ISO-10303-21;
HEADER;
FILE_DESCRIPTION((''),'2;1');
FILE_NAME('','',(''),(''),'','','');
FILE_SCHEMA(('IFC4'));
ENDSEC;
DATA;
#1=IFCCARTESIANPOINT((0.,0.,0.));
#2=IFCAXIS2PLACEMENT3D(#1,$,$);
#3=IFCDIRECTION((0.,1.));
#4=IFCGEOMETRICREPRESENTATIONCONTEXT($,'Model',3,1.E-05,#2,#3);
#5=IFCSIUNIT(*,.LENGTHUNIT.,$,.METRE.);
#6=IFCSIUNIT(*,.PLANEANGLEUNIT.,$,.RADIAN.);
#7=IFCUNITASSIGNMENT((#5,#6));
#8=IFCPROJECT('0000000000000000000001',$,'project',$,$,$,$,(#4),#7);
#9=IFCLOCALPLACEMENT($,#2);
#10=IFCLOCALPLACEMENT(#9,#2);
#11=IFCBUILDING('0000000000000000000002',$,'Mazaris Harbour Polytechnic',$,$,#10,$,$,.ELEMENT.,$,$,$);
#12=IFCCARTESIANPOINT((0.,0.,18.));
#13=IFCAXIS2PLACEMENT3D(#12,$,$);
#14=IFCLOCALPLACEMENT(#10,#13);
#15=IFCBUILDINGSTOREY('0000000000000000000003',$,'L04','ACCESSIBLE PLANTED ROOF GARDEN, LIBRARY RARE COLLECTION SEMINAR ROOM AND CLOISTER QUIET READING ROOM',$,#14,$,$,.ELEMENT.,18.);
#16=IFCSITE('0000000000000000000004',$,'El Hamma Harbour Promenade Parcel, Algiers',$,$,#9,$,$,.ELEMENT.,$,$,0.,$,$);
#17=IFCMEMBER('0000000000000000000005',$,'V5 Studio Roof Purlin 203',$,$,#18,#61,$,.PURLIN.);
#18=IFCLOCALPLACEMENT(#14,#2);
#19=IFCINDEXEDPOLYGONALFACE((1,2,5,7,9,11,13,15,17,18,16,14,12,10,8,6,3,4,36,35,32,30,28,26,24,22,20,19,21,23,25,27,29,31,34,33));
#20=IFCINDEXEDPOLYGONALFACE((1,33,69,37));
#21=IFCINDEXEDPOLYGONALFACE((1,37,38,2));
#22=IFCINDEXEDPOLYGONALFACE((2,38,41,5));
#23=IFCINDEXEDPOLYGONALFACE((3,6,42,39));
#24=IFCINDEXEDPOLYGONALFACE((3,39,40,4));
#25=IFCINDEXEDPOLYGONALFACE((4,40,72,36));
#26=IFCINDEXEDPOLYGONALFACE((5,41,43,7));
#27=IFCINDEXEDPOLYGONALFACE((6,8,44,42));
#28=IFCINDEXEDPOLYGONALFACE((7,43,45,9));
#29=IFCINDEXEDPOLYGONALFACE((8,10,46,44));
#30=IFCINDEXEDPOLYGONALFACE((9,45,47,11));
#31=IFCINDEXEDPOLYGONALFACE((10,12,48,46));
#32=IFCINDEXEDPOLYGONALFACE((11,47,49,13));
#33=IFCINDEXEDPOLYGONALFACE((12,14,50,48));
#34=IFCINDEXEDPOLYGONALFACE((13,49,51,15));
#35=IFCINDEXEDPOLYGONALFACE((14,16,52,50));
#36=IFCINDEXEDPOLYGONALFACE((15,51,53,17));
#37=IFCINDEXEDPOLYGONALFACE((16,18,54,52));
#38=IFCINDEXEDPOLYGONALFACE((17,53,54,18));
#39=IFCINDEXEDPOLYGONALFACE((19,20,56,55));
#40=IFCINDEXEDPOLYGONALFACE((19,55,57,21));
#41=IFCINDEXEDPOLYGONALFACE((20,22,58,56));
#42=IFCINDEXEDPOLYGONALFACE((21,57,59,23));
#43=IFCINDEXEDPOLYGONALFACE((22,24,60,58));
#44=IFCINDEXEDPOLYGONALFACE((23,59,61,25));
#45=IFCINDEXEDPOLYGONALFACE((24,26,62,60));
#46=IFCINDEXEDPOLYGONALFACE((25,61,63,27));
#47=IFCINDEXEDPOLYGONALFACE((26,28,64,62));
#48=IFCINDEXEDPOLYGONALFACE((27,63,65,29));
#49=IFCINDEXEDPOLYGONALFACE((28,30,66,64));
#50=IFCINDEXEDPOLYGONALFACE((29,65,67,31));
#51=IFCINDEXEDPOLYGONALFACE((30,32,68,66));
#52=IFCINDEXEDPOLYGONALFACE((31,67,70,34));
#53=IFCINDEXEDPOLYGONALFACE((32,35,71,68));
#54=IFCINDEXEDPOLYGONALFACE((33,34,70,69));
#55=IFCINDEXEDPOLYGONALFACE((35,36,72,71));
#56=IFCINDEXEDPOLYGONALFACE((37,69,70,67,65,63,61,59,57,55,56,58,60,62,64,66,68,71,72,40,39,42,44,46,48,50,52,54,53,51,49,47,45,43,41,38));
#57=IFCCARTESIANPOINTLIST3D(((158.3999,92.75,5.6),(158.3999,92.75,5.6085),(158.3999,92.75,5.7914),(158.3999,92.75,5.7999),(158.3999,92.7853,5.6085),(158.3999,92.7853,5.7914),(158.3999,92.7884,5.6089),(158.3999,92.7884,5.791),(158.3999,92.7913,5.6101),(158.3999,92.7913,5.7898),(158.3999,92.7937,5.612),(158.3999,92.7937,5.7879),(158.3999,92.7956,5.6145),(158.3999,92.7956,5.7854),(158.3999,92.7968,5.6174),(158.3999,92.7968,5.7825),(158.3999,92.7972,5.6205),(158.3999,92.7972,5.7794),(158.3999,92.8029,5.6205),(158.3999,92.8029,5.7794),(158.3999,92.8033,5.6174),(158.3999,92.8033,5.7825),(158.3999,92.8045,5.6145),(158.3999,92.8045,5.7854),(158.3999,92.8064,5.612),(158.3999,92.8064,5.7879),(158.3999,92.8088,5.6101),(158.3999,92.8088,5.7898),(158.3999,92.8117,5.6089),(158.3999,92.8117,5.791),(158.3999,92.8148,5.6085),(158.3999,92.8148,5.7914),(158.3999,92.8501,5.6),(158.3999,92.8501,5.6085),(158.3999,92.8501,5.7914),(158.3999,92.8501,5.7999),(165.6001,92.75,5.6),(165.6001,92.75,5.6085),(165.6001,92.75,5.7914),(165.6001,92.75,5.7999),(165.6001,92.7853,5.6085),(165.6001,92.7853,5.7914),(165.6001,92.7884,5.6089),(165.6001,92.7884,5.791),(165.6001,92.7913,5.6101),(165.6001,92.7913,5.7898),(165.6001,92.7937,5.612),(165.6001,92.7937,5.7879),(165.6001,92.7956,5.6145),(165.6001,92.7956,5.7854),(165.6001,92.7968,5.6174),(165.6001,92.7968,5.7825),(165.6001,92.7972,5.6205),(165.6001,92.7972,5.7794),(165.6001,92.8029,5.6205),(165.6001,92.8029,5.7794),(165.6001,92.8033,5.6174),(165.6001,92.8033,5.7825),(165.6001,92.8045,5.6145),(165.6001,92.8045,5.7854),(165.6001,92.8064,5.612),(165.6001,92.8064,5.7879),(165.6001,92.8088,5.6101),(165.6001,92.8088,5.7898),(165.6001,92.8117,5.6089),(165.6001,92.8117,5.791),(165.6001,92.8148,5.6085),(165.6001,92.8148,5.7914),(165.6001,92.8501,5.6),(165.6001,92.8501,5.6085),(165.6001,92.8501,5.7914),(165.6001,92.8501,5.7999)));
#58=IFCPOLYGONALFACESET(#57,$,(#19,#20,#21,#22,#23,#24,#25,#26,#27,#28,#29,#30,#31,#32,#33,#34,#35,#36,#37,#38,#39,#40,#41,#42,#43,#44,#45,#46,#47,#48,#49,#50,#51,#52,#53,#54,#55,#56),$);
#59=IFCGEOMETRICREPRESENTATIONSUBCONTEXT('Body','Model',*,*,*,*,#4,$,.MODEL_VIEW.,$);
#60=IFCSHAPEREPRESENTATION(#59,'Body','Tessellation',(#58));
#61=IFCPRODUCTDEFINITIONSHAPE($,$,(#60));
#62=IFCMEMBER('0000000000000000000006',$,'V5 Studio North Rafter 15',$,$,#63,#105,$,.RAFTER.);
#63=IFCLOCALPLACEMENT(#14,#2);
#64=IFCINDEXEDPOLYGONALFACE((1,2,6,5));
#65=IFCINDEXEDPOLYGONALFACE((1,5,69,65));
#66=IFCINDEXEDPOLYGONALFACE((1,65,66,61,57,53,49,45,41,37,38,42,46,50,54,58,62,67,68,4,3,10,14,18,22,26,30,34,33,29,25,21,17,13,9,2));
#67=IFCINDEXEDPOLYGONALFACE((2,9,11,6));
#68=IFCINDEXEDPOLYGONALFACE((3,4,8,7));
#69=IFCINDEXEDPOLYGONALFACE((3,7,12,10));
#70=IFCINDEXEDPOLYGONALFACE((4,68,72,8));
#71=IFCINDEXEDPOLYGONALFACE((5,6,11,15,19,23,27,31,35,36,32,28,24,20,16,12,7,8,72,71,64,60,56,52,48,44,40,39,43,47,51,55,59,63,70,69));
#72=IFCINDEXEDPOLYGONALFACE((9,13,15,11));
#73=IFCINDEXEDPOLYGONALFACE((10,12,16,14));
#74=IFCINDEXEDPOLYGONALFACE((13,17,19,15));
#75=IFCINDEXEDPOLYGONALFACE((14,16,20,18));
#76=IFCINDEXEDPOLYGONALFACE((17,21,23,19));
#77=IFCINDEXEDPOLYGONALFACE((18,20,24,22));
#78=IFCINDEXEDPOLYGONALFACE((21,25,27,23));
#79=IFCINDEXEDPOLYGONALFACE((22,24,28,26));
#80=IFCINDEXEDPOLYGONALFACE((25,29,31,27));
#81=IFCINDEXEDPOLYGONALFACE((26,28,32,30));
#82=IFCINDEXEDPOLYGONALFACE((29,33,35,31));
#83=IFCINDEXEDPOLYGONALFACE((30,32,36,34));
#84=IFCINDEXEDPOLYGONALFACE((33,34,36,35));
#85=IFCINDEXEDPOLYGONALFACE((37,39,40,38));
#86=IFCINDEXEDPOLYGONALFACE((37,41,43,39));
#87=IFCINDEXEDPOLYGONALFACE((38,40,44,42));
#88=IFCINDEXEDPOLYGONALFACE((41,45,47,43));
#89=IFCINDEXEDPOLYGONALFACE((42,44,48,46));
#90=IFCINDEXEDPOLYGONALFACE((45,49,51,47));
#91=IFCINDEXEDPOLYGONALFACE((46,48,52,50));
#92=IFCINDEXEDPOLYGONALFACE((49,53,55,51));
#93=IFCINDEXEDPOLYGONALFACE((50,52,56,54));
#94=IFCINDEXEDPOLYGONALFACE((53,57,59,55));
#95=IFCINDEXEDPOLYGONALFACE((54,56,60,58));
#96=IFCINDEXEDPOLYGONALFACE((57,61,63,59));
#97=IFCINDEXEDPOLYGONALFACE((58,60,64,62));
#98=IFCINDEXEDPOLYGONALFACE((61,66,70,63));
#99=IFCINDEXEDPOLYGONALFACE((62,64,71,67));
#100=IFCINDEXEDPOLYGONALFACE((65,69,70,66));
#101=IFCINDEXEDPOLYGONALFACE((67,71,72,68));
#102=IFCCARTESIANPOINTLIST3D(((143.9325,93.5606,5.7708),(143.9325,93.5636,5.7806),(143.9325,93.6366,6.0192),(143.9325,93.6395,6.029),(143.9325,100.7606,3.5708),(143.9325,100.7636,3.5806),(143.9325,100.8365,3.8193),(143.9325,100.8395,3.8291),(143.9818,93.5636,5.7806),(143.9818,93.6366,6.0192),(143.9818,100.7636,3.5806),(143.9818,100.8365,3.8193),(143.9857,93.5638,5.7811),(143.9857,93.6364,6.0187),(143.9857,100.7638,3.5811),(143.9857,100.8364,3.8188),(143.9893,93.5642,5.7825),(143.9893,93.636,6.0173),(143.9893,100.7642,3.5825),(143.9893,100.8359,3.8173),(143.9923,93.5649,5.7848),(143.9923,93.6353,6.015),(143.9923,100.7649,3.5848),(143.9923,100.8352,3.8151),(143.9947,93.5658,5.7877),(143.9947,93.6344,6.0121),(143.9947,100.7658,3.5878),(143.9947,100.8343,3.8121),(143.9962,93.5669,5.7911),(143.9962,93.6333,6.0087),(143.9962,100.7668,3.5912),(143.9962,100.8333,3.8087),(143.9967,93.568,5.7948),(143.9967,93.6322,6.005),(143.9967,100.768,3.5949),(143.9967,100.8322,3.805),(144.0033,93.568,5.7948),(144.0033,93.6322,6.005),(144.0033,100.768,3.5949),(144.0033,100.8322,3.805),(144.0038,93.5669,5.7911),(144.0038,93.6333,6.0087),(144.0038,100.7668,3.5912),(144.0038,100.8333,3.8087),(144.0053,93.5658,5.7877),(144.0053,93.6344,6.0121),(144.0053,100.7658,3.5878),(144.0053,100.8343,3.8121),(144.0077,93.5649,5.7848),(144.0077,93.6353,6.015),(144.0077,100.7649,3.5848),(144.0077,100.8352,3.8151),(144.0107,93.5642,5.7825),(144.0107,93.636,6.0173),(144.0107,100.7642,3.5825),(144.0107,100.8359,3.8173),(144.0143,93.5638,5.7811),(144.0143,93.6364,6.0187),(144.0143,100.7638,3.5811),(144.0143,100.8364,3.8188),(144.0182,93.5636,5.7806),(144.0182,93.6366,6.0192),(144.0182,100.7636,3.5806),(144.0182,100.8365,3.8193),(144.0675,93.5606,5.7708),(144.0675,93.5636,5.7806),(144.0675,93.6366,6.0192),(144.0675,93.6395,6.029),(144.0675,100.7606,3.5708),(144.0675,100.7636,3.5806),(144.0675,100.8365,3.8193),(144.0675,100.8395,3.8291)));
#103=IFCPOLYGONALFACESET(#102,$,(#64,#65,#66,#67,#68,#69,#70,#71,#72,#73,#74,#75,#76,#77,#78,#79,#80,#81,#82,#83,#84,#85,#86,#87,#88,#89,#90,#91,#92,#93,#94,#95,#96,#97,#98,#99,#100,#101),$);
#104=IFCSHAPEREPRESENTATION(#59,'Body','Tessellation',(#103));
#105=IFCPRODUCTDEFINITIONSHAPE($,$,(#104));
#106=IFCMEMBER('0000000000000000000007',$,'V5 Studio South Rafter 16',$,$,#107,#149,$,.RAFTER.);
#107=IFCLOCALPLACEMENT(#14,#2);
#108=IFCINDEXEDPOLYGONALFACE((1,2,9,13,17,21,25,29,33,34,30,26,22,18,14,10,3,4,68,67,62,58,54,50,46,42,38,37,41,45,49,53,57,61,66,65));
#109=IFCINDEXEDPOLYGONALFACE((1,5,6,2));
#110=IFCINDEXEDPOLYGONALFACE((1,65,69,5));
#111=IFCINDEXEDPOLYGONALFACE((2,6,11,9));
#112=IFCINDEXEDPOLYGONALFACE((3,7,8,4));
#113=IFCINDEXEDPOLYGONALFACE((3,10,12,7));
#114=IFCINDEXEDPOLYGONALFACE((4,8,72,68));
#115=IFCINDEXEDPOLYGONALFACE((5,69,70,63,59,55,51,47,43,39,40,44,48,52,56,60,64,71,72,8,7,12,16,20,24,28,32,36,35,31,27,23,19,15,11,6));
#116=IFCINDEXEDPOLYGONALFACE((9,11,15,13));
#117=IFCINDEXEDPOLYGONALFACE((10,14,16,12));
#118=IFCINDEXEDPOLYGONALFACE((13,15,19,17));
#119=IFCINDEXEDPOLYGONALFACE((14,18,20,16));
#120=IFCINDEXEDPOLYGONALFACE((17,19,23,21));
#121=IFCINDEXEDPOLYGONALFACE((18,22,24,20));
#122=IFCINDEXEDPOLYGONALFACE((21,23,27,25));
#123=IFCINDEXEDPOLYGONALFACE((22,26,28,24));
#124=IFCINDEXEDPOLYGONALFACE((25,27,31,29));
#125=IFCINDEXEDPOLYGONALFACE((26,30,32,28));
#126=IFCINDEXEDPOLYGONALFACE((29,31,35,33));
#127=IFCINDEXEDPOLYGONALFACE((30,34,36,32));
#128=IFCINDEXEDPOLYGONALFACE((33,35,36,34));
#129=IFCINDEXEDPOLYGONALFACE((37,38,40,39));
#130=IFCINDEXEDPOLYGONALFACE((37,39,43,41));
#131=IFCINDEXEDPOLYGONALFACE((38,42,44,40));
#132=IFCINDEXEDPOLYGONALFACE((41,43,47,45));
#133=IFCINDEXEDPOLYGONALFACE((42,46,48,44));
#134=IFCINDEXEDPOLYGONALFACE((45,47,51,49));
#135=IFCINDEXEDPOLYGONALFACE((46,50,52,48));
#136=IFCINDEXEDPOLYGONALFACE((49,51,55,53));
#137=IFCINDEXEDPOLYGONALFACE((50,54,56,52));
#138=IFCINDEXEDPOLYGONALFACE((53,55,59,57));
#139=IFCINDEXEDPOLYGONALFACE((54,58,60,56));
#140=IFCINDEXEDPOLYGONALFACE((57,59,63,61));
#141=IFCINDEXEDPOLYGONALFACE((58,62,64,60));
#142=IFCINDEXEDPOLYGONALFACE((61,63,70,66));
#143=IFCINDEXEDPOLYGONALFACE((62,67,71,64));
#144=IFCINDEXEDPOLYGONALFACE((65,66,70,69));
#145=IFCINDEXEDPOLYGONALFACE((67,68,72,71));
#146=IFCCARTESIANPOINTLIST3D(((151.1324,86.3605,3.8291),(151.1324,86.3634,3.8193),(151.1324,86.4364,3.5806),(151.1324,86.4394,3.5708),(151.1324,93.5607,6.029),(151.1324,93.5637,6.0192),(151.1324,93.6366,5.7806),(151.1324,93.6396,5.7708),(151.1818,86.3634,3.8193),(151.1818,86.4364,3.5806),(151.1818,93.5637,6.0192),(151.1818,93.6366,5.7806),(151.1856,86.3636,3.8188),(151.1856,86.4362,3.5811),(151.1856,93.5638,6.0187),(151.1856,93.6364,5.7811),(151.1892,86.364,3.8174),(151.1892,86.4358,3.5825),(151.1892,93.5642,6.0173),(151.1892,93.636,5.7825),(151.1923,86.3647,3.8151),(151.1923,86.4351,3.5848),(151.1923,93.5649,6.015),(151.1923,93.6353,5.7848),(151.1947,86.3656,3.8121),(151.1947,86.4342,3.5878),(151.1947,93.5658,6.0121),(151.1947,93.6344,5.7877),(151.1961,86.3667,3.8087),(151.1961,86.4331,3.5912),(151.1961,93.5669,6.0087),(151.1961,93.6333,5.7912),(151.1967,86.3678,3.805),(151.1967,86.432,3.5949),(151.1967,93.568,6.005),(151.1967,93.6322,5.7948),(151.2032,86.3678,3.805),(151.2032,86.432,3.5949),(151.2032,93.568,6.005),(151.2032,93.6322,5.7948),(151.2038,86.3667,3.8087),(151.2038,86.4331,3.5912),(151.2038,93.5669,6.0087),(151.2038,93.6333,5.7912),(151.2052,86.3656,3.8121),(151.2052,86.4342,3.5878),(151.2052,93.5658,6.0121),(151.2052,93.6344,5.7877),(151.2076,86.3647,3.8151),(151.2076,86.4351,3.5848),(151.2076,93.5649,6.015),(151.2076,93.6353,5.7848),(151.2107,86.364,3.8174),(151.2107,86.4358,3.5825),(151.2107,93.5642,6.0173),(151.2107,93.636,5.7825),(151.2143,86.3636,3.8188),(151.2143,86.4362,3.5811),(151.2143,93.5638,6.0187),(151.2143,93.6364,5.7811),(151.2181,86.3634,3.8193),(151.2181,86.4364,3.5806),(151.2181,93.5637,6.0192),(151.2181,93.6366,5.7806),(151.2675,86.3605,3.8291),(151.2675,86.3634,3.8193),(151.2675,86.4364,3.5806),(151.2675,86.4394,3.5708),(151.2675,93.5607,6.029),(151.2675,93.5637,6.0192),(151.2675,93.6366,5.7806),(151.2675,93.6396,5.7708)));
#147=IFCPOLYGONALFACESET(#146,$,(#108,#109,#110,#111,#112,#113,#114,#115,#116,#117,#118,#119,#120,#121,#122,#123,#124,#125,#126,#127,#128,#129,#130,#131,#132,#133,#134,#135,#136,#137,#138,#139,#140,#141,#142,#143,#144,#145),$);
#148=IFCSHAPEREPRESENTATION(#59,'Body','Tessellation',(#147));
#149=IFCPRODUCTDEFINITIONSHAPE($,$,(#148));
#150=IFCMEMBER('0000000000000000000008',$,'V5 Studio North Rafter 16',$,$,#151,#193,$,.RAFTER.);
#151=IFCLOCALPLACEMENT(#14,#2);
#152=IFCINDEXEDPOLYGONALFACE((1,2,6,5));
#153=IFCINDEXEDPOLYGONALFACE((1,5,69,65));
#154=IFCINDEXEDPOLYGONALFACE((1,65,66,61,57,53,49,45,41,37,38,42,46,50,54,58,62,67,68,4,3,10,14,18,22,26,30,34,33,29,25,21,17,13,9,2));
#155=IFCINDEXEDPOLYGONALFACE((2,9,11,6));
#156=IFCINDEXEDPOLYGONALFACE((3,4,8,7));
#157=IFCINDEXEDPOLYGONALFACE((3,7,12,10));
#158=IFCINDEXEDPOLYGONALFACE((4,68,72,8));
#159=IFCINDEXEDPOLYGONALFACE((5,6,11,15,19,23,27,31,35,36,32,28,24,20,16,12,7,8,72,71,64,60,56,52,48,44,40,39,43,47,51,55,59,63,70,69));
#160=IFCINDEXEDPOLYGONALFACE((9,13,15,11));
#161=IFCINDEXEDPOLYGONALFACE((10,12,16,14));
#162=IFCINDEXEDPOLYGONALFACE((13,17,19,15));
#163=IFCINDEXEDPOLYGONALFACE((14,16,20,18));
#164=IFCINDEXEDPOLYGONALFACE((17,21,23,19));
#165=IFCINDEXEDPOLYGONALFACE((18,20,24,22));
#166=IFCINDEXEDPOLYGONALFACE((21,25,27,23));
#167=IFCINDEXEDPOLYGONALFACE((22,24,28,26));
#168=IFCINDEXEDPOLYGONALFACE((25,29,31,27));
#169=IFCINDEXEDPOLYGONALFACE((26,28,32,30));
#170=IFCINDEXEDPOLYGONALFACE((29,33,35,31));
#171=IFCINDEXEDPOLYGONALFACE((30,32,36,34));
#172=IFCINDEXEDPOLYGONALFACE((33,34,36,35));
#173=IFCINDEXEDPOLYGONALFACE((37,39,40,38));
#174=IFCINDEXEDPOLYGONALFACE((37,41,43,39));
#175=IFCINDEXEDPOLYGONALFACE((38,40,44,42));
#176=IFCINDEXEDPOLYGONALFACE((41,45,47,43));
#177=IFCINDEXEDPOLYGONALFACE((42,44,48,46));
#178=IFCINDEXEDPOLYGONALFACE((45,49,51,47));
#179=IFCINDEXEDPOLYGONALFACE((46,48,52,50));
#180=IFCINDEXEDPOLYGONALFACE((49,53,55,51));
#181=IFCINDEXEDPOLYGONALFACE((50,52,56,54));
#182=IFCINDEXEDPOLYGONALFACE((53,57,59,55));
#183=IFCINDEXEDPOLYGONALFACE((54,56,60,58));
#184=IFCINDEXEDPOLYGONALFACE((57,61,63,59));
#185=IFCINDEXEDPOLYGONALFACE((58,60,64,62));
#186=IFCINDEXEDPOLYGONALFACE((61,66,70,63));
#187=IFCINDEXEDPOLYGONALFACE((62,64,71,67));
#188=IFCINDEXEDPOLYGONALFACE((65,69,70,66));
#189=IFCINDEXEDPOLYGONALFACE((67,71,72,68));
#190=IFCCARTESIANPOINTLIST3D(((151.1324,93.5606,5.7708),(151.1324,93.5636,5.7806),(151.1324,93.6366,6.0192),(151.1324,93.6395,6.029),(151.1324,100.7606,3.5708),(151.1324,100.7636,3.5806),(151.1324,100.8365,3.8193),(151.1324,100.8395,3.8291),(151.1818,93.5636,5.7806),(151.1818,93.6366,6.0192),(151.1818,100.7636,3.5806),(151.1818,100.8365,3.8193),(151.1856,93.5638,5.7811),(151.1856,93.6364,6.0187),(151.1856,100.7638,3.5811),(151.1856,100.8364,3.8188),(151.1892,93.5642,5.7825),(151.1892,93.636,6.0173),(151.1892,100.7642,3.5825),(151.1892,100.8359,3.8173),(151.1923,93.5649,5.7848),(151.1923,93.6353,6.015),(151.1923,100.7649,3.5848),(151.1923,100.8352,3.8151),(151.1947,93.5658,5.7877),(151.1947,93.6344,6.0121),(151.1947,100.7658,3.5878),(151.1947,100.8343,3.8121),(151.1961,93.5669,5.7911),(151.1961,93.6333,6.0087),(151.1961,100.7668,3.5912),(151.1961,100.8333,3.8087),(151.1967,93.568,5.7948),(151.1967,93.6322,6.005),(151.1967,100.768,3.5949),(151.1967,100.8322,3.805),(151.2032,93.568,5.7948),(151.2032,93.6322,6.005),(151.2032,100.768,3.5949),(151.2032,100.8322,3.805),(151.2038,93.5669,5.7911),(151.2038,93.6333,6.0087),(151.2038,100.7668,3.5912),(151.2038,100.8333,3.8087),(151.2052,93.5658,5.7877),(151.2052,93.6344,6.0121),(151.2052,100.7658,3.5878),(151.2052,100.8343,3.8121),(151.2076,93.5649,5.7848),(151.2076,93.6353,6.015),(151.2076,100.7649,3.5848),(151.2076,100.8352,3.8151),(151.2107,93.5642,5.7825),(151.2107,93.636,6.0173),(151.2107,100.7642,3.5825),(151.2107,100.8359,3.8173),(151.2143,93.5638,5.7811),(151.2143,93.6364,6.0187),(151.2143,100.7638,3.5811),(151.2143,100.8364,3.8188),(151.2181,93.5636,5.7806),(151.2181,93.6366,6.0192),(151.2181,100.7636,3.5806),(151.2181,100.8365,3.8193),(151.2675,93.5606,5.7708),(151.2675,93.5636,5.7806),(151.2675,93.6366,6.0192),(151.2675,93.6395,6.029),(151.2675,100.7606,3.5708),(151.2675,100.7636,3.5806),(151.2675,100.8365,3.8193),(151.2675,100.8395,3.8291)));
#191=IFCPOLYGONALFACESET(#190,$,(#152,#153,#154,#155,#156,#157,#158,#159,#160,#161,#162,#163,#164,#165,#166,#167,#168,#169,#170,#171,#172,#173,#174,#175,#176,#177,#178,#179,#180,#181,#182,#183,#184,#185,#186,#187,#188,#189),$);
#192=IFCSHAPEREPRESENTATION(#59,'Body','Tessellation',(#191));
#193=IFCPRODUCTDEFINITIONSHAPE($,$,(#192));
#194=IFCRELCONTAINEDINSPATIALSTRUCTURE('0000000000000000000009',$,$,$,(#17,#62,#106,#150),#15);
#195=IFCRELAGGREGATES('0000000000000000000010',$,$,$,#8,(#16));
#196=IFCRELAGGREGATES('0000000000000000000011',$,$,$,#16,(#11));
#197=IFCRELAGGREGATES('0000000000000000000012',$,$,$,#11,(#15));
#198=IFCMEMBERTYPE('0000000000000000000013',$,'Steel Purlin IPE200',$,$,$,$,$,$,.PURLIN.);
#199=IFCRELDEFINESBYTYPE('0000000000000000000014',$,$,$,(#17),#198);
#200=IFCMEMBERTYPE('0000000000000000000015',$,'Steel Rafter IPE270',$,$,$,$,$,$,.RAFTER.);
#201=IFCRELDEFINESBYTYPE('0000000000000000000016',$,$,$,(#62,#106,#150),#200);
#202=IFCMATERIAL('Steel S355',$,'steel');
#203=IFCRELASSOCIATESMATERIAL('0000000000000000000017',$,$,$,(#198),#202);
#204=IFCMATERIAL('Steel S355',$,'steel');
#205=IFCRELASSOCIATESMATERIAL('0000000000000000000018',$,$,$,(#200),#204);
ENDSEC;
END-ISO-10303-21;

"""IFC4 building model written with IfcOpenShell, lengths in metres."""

from ifc_helpers import new_model, si_unit, direction, frame, origin, origin_2d, place, context, subcontext, project, spatial, i_section, extrude, material, material_profile, profile_set, type_object, element, save


model = new_model("IFC4")

# Units and contexts
model_context = context("Model", 3, precision=1e-05, world=origin(), true_north=direction((0.0, 1.0)))
body_context = subcontext(model_context, "Body", "Model", "MODEL_VIEW")
ifc_project = project(units=[si_unit("LENGTHUNIT", "METRE"), si_unit("PLANEANGLEUNIT", "RADIAN")], contexts=[model_context])

# Site, building, storey
site_placement = place(None, origin())
site = spatial("IfcSite", under=ifc_project, at=site_placement, Name="El Hamma Harbour Promenade Parcel, Algiers", CompositionType="ELEMENT", RefElevation=0.0)
building_placement = place(site_placement, origin())
building = spatial("IfcBuilding", under=site, at=building_placement, Name="Mazaris Harbour Polytechnic", CompositionType="ELEMENT")
storey_placement = place(building_placement, frame((0.0, 0.0, 18.0)))
storey = spatial("IfcBuildingStorey", under=building, at=storey_placement, Name="L04", Description="ACCESSIBLE PLANTED ROOF GARDEN, LIBRARY RARE COLLECTION SEMINAR ROOM AND CLOISTER QUIET READING ROOM", CompositionType="ELEMENT", Elevation=18.0)

# Members
ifc_material_1 = material(Name="Steel S355", Category="steel")
ifc_material_profile_1 = material_profile(ifc_material_1, i_section(OverallWidth=0.1001, OverallDepth=0.2, WebThickness=0.0056, FlangeThickness=0.0085, FilletRadius=0.012, at=origin_2d()), Name="IPE 200")
ifc_profile_set_1 = profile_set([ifc_material_profile_1], Name="Steel S355")
member_type_1 = type_object("IfcMemberType", Name="Steel Purlin IPE200", PredefinedType="PURLIN", material=ifc_profile_set_1)
for number, where, z_axis, x_axis, name in (
    (1, (158.3999, 92.8, 5.7), (1.0, 0.0, 0.0), (0.0, 1.0, 0.0), "V5 Studio Roof Purlin 203"),
):
    element("IfcMember", number, at=place(storey_placement, frame(where, z_axis=z_axis, x_axis=x_axis)), inside=storey, type_object=member_type_1, Name=name, PredefinedType="PURLIN", context=body_context, shape_type="SweptSolid", body=[
        extrude(i_section(OverallWidth=0.1001, OverallDepth=0.2, WebThickness=0.0056, FlangeThickness=0.0085, FilletRadius=0.012, at=origin_2d()), origin(), (0.0, 0.0, 1.0), 7.2002),
    ])
ifc_material_2 = material(Name="Steel S355", Category="steel")
ifc_material_profile_2 = material_profile(ifc_material_2, i_section(OverallWidth=0.135, OverallDepth=0.27, WebThickness=0.0066, FlangeThickness=0.0103, FilletRadius=0.0149, at=origin_2d()), Name="IPE 270")
ifc_profile_set_2 = profile_set([ifc_material_profile_2], Name="Steel S355")
member_type_2 = type_object("IfcMemberType", Name="Steel Rafter IPE270", PredefinedType="RAFTER", material=ifc_profile_set_2)
member_1_placement = place(storey_placement, frame((144.0, 93.6001, 5.8999), z_axis=(0.0, 0.956353, -0.292214), x_axis=(-1.0, 0.0, 0.0)))
element("IfcMember", 2, at=member_1_placement, inside=storey, type_object=member_type_2, Name="V5 Studio North Rafter 15", PredefinedType="RAFTER", context=body_context, shape_type="SweptSolid", body=[
    extrude(i_section(OverallWidth=0.135, OverallDepth=0.27, WebThickness=0.0066, FlangeThickness=0.0103, FilletRadius=0.0149, at=origin_2d()), origin(), (0.0, 0.0, 1.0), 7.5286),
])
member_2_placement = place(storey_placement, frame((151.2, 86.3999, 3.7), z_axis=(0.0, 0.956356, 0.292205), x_axis=(-1.0, 0.0, 0.0)))
element("IfcMember", 3, at=member_2_placement, inside=storey, type_object=member_type_2, Name="V5 Studio South Rafter 16", PredefinedType="RAFTER", context=body_context, shape_type="SweptSolid", body=[
    extrude(i_section(OverallWidth=0.135, OverallDepth=0.27, WebThickness=0.0066, FlangeThickness=0.0103, FilletRadius=0.0149, at=origin_2d()), origin(), (0.0, 0.0, 1.0), 7.5288),
])
member_3_placement = place(storey_placement, frame((151.2, 93.6001, 5.8999), z_axis=(0.0, 0.956353, -0.292214), x_axis=(-1.0, 0.0, 0.0)))
element("IfcMember", 4, at=member_3_placement, inside=storey, type_object=member_type_2, Name="V5 Studio North Rafter 16", PredefinedType="RAFTER", context=body_context, shape_type="SweptSolid", body=[
    extrude(i_section(OverallWidth=0.135, OverallDepth=0.27, WebThickness=0.0066, FlangeThickness=0.0103, FilletRadius=0.0149, at=origin_2d()), origin(), (0.0, 0.0, 1.0), 7.5286),
])

save(model, "model.ifc")
